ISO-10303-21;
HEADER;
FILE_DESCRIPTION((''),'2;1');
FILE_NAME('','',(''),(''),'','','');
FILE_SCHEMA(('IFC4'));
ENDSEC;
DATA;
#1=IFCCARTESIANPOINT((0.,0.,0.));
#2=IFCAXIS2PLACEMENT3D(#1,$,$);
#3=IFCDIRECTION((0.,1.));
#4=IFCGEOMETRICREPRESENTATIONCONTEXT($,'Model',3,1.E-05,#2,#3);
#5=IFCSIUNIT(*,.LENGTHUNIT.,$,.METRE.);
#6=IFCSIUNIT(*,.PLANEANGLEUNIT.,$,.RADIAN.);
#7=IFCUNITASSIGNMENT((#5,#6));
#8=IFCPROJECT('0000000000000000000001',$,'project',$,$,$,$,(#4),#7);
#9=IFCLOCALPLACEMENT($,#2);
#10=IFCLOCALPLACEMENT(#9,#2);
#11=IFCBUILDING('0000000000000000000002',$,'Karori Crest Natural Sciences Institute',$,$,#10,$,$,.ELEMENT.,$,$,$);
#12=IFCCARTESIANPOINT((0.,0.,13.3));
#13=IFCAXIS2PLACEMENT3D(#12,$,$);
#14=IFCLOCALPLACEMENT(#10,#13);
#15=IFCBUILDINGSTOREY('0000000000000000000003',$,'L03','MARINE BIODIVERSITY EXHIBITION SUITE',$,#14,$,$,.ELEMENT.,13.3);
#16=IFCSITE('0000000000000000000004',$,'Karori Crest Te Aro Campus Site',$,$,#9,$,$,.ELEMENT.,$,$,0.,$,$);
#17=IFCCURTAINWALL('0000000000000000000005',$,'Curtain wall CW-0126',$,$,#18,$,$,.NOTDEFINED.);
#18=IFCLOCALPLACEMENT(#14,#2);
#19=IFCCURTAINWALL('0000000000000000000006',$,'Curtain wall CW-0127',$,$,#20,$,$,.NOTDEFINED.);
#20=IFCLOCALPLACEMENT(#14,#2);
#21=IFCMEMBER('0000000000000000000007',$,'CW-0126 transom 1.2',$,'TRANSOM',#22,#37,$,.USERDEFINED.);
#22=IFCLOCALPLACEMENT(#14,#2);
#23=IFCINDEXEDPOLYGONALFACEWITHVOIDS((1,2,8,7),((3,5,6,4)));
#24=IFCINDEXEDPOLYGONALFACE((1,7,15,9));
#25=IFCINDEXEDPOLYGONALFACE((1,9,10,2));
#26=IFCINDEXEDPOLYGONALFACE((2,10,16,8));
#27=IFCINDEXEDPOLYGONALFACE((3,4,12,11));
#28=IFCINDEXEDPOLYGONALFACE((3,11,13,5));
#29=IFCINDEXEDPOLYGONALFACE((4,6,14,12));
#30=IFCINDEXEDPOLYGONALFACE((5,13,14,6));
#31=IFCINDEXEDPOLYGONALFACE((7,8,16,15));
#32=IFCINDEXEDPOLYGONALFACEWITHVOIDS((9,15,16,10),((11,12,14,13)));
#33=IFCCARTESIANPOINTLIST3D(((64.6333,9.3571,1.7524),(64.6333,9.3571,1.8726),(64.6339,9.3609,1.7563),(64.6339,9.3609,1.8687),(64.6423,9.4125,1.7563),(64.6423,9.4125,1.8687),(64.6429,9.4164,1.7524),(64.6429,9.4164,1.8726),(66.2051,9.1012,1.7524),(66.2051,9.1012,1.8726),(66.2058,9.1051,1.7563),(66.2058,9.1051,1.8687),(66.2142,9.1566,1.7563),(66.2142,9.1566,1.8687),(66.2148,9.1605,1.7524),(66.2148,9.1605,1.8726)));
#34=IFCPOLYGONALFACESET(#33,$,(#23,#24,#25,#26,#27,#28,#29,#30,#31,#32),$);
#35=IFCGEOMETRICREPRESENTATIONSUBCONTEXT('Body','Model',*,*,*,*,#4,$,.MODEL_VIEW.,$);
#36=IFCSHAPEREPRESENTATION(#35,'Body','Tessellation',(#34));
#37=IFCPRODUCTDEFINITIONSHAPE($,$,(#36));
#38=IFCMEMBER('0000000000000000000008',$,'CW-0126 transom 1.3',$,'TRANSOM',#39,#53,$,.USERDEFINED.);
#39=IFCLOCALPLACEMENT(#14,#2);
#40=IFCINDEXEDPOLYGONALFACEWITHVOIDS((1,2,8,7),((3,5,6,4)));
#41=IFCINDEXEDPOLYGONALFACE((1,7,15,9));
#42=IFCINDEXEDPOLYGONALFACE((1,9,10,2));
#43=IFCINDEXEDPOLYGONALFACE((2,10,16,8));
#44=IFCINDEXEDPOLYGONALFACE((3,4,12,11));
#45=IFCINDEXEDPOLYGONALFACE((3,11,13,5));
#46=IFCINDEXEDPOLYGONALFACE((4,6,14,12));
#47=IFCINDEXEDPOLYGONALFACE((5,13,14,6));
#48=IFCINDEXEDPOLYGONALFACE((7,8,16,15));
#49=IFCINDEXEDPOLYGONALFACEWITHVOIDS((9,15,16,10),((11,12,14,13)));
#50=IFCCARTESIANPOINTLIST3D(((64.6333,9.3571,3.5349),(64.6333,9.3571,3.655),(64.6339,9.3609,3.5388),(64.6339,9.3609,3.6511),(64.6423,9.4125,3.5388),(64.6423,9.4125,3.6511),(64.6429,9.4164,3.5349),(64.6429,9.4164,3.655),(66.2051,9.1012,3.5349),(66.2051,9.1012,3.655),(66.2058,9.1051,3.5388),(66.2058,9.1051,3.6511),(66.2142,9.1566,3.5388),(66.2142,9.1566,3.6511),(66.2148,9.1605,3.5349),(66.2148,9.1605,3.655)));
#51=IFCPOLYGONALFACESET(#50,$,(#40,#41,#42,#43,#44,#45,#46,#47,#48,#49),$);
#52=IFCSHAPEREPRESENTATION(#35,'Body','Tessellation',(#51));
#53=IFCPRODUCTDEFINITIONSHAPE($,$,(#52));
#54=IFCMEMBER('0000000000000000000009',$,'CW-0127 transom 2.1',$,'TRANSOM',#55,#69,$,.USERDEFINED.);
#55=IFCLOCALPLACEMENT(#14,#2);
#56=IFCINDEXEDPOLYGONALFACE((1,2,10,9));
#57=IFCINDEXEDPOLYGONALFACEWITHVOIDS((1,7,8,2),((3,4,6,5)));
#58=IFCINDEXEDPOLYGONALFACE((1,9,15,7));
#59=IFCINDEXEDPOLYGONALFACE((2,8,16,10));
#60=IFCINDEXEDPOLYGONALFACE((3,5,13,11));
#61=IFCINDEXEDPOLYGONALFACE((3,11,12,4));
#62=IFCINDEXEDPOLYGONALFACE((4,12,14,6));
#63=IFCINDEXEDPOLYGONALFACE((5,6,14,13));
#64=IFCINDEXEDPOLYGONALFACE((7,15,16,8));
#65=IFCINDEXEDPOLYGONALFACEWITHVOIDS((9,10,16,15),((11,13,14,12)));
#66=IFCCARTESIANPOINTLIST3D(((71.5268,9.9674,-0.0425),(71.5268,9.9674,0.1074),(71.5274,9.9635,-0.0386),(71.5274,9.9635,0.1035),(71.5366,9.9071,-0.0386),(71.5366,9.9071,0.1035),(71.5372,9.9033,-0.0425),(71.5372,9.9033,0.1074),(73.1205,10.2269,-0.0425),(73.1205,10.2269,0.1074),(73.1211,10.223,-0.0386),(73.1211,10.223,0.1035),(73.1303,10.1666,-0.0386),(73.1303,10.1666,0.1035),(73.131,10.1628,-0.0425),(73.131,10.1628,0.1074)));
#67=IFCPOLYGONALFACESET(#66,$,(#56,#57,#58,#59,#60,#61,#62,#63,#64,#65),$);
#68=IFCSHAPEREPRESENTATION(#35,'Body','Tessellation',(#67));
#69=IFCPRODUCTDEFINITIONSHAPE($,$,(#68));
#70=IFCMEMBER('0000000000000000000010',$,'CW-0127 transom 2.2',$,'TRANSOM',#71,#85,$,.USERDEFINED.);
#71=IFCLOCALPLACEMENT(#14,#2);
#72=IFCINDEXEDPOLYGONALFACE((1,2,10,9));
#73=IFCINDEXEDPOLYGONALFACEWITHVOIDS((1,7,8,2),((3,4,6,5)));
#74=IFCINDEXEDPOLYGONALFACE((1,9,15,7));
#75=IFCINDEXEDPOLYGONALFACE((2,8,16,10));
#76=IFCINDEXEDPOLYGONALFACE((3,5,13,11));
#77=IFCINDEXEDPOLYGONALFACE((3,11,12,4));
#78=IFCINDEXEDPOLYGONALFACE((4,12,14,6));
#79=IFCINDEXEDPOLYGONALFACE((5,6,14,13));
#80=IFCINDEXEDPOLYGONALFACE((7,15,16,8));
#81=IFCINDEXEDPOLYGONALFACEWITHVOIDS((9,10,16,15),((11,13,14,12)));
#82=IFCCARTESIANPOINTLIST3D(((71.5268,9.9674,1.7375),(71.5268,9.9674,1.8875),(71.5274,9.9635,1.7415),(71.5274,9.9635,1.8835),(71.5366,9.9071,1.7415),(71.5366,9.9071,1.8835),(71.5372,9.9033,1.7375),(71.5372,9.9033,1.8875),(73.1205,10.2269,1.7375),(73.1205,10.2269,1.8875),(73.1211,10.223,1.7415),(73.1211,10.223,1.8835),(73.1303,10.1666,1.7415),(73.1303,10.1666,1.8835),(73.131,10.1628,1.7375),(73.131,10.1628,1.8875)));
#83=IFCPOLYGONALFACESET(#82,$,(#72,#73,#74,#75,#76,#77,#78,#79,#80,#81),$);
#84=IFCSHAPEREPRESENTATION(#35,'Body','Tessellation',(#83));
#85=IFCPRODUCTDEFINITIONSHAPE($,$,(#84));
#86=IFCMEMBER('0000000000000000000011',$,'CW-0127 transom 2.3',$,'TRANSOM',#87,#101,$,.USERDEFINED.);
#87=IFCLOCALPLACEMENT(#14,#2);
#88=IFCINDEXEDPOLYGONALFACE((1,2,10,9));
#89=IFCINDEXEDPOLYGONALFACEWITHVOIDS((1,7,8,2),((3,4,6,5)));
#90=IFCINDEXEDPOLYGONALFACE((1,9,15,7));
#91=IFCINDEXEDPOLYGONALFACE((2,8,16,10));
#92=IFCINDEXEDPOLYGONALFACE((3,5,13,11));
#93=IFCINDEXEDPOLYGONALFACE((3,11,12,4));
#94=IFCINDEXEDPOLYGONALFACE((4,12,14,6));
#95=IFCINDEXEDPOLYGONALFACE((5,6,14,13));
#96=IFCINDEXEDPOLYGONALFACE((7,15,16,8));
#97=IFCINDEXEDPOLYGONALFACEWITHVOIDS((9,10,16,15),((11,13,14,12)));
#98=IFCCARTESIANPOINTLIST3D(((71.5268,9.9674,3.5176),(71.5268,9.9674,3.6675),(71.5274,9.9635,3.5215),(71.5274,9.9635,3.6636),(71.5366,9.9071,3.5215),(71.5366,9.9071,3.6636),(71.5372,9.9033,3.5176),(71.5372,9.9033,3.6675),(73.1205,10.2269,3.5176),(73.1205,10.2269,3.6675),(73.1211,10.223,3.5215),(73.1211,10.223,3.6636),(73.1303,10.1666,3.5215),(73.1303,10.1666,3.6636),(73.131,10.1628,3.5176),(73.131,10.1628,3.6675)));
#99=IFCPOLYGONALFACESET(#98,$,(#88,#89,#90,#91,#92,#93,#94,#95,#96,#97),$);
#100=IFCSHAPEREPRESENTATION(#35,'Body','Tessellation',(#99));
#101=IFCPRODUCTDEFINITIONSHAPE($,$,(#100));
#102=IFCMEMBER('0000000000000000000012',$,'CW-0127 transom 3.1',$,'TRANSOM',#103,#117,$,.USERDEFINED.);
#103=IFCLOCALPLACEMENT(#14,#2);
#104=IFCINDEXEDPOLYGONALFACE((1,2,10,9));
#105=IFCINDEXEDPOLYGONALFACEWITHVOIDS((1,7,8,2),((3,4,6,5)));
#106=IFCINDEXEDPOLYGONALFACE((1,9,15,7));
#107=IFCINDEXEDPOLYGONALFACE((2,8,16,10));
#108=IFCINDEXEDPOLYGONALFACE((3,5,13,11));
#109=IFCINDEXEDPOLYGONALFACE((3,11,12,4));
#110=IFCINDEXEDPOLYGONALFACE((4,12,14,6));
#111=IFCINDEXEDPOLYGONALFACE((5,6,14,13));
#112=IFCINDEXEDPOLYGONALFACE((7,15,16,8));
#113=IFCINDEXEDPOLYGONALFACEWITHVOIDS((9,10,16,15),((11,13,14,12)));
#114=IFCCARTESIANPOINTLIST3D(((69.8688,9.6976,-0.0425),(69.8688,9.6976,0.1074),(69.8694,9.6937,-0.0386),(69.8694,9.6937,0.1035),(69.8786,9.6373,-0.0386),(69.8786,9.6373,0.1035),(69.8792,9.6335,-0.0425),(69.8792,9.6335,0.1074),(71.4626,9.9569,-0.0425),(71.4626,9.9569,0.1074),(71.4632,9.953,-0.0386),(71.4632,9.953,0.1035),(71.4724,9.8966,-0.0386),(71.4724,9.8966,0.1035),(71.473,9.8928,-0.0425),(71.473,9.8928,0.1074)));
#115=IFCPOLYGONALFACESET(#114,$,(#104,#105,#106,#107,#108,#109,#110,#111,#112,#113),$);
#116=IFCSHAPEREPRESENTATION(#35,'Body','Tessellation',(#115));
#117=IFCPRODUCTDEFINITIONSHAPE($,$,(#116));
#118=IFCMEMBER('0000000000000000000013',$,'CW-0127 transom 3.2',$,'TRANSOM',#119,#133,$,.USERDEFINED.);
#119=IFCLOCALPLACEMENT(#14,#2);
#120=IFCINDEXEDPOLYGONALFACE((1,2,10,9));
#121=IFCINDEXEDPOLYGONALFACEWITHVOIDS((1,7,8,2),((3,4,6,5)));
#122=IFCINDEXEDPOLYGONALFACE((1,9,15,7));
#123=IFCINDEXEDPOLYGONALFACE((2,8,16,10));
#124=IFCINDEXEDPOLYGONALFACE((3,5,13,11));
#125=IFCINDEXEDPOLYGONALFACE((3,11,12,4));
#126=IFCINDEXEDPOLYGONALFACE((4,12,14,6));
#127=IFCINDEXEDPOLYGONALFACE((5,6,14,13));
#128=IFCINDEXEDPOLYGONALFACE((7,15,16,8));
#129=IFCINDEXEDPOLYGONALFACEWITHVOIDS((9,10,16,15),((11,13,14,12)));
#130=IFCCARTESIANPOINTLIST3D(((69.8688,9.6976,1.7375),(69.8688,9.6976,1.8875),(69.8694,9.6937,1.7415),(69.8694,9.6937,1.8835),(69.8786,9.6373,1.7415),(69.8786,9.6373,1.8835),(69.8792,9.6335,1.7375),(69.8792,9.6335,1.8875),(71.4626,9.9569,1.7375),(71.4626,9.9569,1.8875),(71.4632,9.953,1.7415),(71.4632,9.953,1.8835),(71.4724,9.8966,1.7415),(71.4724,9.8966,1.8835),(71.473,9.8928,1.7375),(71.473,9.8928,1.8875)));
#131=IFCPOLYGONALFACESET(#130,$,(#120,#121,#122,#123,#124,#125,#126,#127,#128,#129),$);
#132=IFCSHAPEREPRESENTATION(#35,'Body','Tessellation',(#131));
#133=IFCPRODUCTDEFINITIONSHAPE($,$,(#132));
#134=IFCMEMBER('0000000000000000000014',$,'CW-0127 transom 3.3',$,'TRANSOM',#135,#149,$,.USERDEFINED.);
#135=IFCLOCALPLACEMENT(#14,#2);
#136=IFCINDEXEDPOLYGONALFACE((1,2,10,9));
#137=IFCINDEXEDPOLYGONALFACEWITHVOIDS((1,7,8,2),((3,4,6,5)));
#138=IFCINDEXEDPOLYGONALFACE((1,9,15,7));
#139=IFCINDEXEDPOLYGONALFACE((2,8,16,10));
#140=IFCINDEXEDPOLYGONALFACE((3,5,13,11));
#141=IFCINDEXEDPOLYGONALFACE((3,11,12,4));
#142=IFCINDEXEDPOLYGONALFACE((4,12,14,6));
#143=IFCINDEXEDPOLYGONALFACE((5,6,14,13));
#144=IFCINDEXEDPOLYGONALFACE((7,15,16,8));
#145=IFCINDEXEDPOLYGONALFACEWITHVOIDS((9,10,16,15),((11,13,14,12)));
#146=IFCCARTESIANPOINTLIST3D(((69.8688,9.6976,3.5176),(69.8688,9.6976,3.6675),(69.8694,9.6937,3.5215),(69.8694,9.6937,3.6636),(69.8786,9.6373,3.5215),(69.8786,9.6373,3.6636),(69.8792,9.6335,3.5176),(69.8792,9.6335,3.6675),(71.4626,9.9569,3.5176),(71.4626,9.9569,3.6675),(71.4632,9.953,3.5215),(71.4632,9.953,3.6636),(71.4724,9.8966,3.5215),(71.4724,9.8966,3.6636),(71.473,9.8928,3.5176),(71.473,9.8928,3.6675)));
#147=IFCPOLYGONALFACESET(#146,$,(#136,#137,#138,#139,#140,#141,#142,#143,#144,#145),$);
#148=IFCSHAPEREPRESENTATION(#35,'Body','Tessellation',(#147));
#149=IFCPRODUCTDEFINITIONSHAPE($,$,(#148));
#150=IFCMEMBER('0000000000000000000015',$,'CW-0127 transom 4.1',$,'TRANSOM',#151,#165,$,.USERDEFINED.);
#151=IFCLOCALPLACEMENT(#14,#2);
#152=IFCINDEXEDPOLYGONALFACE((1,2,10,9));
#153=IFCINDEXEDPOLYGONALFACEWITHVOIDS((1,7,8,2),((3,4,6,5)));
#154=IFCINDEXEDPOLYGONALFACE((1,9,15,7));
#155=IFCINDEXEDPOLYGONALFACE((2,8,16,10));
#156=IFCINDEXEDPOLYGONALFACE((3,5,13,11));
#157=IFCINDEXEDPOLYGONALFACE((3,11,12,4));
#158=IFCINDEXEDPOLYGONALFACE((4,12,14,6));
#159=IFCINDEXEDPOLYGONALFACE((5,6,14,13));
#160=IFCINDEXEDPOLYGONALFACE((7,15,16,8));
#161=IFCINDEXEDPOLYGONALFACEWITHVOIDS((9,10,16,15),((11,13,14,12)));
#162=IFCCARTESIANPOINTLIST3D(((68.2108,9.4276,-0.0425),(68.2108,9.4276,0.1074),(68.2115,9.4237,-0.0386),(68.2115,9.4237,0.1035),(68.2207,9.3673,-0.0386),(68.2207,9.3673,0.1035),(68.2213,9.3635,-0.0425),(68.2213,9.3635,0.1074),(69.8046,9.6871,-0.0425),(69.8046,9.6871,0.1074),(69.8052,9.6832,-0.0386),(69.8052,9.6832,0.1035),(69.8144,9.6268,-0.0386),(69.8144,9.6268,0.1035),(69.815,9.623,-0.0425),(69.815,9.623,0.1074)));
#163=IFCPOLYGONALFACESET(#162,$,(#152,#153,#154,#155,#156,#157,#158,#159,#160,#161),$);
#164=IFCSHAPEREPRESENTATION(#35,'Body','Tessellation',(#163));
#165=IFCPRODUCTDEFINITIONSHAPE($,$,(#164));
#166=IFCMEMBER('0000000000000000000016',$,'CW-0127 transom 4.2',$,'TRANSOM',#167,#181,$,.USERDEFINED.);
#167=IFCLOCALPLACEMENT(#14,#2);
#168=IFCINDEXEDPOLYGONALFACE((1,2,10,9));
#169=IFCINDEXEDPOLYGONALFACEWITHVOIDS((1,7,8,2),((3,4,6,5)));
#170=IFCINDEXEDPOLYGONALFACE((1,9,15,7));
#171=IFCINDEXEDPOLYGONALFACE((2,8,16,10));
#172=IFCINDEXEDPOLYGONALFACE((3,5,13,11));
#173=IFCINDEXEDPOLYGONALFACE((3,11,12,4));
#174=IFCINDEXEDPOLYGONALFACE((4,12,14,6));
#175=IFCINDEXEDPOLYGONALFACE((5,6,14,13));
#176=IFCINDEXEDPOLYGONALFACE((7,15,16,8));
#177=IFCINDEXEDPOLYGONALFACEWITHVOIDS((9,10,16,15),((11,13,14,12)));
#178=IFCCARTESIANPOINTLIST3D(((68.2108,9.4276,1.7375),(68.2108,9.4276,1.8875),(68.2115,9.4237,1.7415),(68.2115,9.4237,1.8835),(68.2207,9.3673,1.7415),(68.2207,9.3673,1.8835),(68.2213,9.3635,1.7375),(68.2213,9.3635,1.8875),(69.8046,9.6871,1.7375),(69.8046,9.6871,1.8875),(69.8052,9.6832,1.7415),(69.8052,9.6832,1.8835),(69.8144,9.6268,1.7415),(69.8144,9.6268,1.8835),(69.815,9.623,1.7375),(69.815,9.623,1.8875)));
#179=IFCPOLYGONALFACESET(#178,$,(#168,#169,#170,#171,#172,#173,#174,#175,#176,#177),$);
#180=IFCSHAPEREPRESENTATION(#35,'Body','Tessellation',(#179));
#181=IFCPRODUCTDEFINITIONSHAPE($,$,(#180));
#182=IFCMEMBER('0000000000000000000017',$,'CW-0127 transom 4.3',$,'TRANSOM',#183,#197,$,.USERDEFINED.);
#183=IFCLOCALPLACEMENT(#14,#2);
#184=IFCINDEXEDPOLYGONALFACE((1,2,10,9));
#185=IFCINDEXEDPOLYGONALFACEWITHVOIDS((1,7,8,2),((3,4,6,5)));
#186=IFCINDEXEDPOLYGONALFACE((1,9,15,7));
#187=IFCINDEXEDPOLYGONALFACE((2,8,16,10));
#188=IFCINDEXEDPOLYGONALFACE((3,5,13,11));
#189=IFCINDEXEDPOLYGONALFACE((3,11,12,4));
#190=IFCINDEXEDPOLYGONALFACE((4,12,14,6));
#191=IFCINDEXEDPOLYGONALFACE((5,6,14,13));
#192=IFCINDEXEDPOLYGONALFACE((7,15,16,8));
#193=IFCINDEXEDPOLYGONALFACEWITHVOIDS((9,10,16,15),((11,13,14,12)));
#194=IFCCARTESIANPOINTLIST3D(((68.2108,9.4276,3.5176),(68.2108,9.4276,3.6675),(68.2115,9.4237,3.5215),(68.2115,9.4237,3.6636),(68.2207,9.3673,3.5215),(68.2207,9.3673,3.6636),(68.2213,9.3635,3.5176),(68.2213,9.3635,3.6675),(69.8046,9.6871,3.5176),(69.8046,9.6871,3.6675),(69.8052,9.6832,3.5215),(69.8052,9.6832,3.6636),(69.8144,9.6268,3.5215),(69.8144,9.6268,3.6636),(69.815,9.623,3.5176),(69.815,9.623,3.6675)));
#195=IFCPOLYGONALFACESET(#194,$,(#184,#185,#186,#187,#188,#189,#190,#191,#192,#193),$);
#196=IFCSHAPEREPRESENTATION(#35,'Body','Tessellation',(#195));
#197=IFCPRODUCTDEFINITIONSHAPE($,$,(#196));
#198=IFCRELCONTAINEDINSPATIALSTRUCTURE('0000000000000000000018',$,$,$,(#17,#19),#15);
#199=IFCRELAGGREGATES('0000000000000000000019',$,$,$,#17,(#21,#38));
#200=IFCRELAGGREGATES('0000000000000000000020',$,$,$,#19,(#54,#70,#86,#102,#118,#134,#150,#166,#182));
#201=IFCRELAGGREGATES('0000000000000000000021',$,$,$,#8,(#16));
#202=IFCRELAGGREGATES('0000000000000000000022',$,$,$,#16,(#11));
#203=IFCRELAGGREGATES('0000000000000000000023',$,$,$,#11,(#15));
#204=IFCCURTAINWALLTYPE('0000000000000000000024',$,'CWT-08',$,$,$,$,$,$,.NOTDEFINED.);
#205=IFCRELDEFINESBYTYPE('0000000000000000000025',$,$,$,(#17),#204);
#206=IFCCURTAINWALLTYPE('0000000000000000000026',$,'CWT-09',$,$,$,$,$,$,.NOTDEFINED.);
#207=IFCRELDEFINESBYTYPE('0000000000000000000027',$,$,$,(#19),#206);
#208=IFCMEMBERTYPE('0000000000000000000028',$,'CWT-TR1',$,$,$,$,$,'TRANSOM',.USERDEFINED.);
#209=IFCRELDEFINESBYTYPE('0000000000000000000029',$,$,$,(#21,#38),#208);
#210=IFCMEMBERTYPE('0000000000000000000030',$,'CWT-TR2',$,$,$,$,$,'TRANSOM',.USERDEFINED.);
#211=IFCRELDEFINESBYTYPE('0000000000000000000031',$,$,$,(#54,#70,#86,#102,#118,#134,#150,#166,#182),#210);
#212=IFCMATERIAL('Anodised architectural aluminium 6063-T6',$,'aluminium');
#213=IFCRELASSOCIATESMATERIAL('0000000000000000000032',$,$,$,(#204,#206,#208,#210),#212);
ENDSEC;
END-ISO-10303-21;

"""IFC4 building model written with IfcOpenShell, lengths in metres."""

from ifc_helpers import new_model, si_unit, direction, frame, origin, origin_2d, place, context, subcontext, project, spatial, hollow_rectangle, extrude, material, material_profile, profile_set, type_object, element, aggregate, save


model = new_model("IFC4")

# Units and contexts
model_context = context("Model", 3, precision=1e-05, world=origin(), true_north=direction((0.0, 1.0)))
body_context = subcontext(model_context, "Body", "Model", "MODEL_VIEW")
ifc_project = project(units=[si_unit("LENGTHUNIT", "METRE"), si_unit("PLANEANGLEUNIT", "RADIAN")], contexts=[model_context])

# Site, building, storey
site_placement = place(None, origin())
site = spatial("IfcSite", under=ifc_project, at=site_placement, Name="Karori Crest Te Aro Campus Site", CompositionType="ELEMENT", RefElevation=0.0)
building_placement = place(site_placement, origin())
building = spatial("IfcBuilding", under=site, at=building_placement, Name="Karori Crest Natural Sciences Institute", CompositionType="ELEMENT")
storey_placement = place(building_placement, frame((0.0, 0.0, 13.3)))
storey = spatial("IfcBuildingStorey", under=building, at=storey_placement, Name="L03", Description="MARINE BIODIVERSITY EXHIBITION SUITE", CompositionType="ELEMENT", Elevation=13.3)

# Curtain wall
ifc_material_1 = material(Name="Anodised architectural aluminium 6063-T6", Category="aluminium")
curtain_wall_type_1 = type_object("IfcCurtainWallType", Name="CWT-08", PredefinedType="NOTDEFINED", material=ifc_material_1)
curtain_wall_1_placement = place(storey_placement, origin())
curtain_wall_1 = element("IfcCurtainWall", 1, at=curtain_wall_1_placement, inside=storey, type_object=curtain_wall_type_1, Name="Curtain wall CW-0126", PredefinedType="NOTDEFINED")

# Curtain wall
curtain_wall_type_2 = type_object("IfcCurtainWallType", Name="CWT-09", PredefinedType="NOTDEFINED", material=ifc_material_1)
curtain_wall_2_placement = place(storey_placement, origin())
curtain_wall_2 = element("IfcCurtainWall", 2, at=curtain_wall_2_placement, inside=storey, type_object=curtain_wall_type_2, Name="Curtain wall CW-0127", PredefinedType="NOTDEFINED")

# Members
ifc_material_profile_1 = material_profile(ifc_material_1, hollow_rectangle(XDim=0.0601, YDim=0.1201, WallThickness=0.0039, at=origin_2d()), Name="CWT120x60x4")
ifc_profile_set_1 = profile_set([ifc_material_profile_1], Name="Anodised architectural aluminium 6063-T6")
member_type_1 = type_object("IfcMemberType", Name="CWT-TR1", ElementType="TRANSOM", PredefinedType="USERDEFINED", material=ifc_profile_set_1)
member_1_placement = place(storey_placement, frame((66.21, 9.1309, 1.8125), z_axis=(-0.987008, 0.160669, 0.0), x_axis=(-0.160669, -0.987008, 0.0)))
member_1 = element("IfcMember", 3, at=member_1_placement, type_object=member_type_1, Name="CW-0126 transom 1.2", ObjectType="TRANSOM", PredefinedType="USERDEFINED", context=body_context, shape_type="SweptSolid", body=[
    extrude(hollow_rectangle(XDim=0.0601, YDim=0.1201, WallThickness=0.0039, at=origin_2d()), origin(), (0.0, 0.0, 1.0), 1.5925),
])
member_2_placement = place(storey_placement, frame((66.21, 9.1309, 3.595), z_axis=(-0.987008, 0.160669, 0.0), x_axis=(-0.160669, -0.987008, 0.0)))
member_2 = element("IfcMember", 4, at=member_2_placement, type_object=member_type_1, Name="CW-0126 transom 1.3", ObjectType="TRANSOM", PredefinedType="USERDEFINED", context=body_context, shape_type="SweptSolid", body=[
    extrude(hollow_rectangle(XDim=0.0601, YDim=0.1201, WallThickness=0.0039, at=origin_2d()), origin(), (0.0, 0.0, 1.0), 1.5925),
])
aggregate(curtain_wall_1, [member_1, member_2])
ifc_material_profile_2 = material_profile(ifc_material_1, hollow_rectangle(XDim=0.0649, YDim=0.1499, WallThickness=0.0039, at=origin_2d()), Name="CWT150x65x4")
ifc_profile_set_2 = profile_set([ifc_material_profile_2], Name="Anodised architectural aluminium 6063-T6")
member_type_2 = type_object("IfcMemberType", Name="CWT-TR2", ElementType="TRANSOM", PredefinedType="USERDEFINED", material=ifc_profile_set_2)
member_3_placement = place(storey_placement, frame((73.1257, 10.1948, 0.0325), z_axis=(-0.987, -0.16072, 0.0), x_axis=(0.16072, -0.987, 0.0)))
member_3 = element("IfcMember", 5, at=member_3_placement, type_object=member_type_2, Name="CW-0127 transom 2.1", ObjectType="TRANSOM", PredefinedType="USERDEFINED", context=body_context, shape_type="SweptSolid", body=[
    extrude(hollow_rectangle(XDim=0.0649, YDim=0.1499, WallThickness=0.0039, at=origin_2d()), origin(), (0.0, 0.0, 1.0), 1.6147),
])
member_4_placement = place(storey_placement, frame((73.1257, 10.1948, 1.8125), z_axis=(-0.987, -0.16072, 0.0), x_axis=(0.16072, -0.987, 0.0)))
member_4 = element("IfcMember", 6, at=member_4_placement, type_object=member_type_2, Name="CW-0127 transom 2.2", ObjectType="TRANSOM", PredefinedType="USERDEFINED", context=body_context, shape_type="SweptSolid", body=[
    extrude(hollow_rectangle(XDim=0.0649, YDim=0.1499, WallThickness=0.0039, at=origin_2d()), origin(), (0.0, 0.0, 1.0), 1.6147),
])
member_5_placement = place(storey_placement, frame((73.1257, 10.1948, 3.5925), z_axis=(-0.987, -0.16072, 0.0), x_axis=(0.16072, -0.987, 0.0)))
member_5 = element("IfcMember", 7, at=member_5_placement, type_object=member_type_2, Name="CW-0127 transom 2.3", ObjectType="TRANSOM", PredefinedType="USERDEFINED", context=body_context, shape_type="SweptSolid", body=[
    extrude(hollow_rectangle(XDim=0.0649, YDim=0.1499, WallThickness=0.0039, at=origin_2d()), origin(), (0.0, 0.0, 1.0), 1.6147),
])
member_6_placement = place(storey_placement, frame((71.4678, 9.9248, 0.0325), z_axis=(-0.987024, -0.160573, 0.0), x_axis=(0.160573, -0.987024, 0.0)))
member_6 = element("IfcMember", 8, at=member_6_placement, type_object=member_type_2, Name="CW-0127 transom 3.1", ObjectType="TRANSOM", PredefinedType="USERDEFINED", context=body_context, shape_type="SweptSolid", body=[
    extrude(hollow_rectangle(XDim=0.0649, YDim=0.1499, WallThickness=0.0039, at=origin_2d()), origin(), (0.0, 0.0, 1.0), 1.6147),
])
member_7_placement = place(storey_placement, frame((71.4678, 9.9248, 1.8125), z_axis=(-0.987024, -0.160573, 0.0), x_axis=(0.160573, -0.987024, 0.0)))
member_7 = element("IfcMember", 9, at=member_7_placement, type_object=member_type_2, Name="CW-0127 transom 3.2", ObjectType="TRANSOM", PredefinedType="USERDEFINED", context=body_context, shape_type="SweptSolid", body=[
    extrude(hollow_rectangle(XDim=0.0649, YDim=0.1499, WallThickness=0.0039, at=origin_2d()), origin(), (0.0, 0.0, 1.0), 1.6147),
])
member_8_placement = place(storey_placement, frame((71.4678, 9.9248, 3.5925), z_axis=(-0.987024, -0.160573, 0.0), x_axis=(0.160573, -0.987024, 0.0)))
member_8 = element("IfcMember", 10, at=member_8_placement, type_object=member_type_2, Name="CW-0127 transom 3.3", ObjectType="TRANSOM", PredefinedType="USERDEFINED", context=body_context, shape_type="SweptSolid", body=[
    extrude(hollow_rectangle(XDim=0.0649, YDim=0.1499, WallThickness=0.0039, at=origin_2d()), origin(), (0.0, 0.0, 1.0), 1.6147),
])
member_9_placement = place(storey_placement, frame((69.8098, 9.655, 0.0325), z_axis=(-0.987, -0.16072, 0.0), x_axis=(0.16072, -0.987, 0.0)))
member_9 = element("IfcMember", 11, at=member_9_placement, type_object=member_type_2, Name="CW-0127 transom 4.1", ObjectType="TRANSOM", PredefinedType="USERDEFINED", context=body_context, shape_type="SweptSolid", body=[
    extrude(hollow_rectangle(XDim=0.0649, YDim=0.1499, WallThickness=0.0039, at=origin_2d()), origin(), (0.0, 0.0, 1.0), 1.6147),
])
member_10_placement = place(storey_placement, frame((69.8098, 9.655, 1.8125), z_axis=(-0.987, -0.16072, 0.0), x_axis=(0.16072, -0.987, 0.0)))
member_10 = element("IfcMember", 12, at=member_10_placement, type_object=member_type_2, Name="CW-0127 transom 4.2", ObjectType="TRANSOM", PredefinedType="USERDEFINED", context=body_context, shape_type="SweptSolid", body=[
    extrude(hollow_rectangle(XDim=0.0649, YDim=0.1499, WallThickness=0.0039, at=origin_2d()), origin(), (0.0, 0.0, 1.0), 1.6147),
])
member_11_placement = place(storey_placement, frame((69.8098, 9.655, 3.5925), z_axis=(-0.987, -0.16072, 0.0), x_axis=(0.16072, -0.987, 0.0)))
member_11 = element("IfcMember", 13, at=member_11_placement, type_object=member_type_2, Name="CW-0127 transom 4.3", ObjectType="TRANSOM", PredefinedType="USERDEFINED", context=body_context, shape_type="SweptSolid", body=[
    extrude(hollow_rectangle(XDim=0.0649, YDim=0.1499, WallThickness=0.0039, at=origin_2d()), origin(), (0.0, 0.0, 1.0), 1.6147),
])

aggregate(curtain_wall_2, [member_3, member_4, member_5, member_6, member_7, member_8, member_9, member_10, member_11])

save(model, "model.ifc")
